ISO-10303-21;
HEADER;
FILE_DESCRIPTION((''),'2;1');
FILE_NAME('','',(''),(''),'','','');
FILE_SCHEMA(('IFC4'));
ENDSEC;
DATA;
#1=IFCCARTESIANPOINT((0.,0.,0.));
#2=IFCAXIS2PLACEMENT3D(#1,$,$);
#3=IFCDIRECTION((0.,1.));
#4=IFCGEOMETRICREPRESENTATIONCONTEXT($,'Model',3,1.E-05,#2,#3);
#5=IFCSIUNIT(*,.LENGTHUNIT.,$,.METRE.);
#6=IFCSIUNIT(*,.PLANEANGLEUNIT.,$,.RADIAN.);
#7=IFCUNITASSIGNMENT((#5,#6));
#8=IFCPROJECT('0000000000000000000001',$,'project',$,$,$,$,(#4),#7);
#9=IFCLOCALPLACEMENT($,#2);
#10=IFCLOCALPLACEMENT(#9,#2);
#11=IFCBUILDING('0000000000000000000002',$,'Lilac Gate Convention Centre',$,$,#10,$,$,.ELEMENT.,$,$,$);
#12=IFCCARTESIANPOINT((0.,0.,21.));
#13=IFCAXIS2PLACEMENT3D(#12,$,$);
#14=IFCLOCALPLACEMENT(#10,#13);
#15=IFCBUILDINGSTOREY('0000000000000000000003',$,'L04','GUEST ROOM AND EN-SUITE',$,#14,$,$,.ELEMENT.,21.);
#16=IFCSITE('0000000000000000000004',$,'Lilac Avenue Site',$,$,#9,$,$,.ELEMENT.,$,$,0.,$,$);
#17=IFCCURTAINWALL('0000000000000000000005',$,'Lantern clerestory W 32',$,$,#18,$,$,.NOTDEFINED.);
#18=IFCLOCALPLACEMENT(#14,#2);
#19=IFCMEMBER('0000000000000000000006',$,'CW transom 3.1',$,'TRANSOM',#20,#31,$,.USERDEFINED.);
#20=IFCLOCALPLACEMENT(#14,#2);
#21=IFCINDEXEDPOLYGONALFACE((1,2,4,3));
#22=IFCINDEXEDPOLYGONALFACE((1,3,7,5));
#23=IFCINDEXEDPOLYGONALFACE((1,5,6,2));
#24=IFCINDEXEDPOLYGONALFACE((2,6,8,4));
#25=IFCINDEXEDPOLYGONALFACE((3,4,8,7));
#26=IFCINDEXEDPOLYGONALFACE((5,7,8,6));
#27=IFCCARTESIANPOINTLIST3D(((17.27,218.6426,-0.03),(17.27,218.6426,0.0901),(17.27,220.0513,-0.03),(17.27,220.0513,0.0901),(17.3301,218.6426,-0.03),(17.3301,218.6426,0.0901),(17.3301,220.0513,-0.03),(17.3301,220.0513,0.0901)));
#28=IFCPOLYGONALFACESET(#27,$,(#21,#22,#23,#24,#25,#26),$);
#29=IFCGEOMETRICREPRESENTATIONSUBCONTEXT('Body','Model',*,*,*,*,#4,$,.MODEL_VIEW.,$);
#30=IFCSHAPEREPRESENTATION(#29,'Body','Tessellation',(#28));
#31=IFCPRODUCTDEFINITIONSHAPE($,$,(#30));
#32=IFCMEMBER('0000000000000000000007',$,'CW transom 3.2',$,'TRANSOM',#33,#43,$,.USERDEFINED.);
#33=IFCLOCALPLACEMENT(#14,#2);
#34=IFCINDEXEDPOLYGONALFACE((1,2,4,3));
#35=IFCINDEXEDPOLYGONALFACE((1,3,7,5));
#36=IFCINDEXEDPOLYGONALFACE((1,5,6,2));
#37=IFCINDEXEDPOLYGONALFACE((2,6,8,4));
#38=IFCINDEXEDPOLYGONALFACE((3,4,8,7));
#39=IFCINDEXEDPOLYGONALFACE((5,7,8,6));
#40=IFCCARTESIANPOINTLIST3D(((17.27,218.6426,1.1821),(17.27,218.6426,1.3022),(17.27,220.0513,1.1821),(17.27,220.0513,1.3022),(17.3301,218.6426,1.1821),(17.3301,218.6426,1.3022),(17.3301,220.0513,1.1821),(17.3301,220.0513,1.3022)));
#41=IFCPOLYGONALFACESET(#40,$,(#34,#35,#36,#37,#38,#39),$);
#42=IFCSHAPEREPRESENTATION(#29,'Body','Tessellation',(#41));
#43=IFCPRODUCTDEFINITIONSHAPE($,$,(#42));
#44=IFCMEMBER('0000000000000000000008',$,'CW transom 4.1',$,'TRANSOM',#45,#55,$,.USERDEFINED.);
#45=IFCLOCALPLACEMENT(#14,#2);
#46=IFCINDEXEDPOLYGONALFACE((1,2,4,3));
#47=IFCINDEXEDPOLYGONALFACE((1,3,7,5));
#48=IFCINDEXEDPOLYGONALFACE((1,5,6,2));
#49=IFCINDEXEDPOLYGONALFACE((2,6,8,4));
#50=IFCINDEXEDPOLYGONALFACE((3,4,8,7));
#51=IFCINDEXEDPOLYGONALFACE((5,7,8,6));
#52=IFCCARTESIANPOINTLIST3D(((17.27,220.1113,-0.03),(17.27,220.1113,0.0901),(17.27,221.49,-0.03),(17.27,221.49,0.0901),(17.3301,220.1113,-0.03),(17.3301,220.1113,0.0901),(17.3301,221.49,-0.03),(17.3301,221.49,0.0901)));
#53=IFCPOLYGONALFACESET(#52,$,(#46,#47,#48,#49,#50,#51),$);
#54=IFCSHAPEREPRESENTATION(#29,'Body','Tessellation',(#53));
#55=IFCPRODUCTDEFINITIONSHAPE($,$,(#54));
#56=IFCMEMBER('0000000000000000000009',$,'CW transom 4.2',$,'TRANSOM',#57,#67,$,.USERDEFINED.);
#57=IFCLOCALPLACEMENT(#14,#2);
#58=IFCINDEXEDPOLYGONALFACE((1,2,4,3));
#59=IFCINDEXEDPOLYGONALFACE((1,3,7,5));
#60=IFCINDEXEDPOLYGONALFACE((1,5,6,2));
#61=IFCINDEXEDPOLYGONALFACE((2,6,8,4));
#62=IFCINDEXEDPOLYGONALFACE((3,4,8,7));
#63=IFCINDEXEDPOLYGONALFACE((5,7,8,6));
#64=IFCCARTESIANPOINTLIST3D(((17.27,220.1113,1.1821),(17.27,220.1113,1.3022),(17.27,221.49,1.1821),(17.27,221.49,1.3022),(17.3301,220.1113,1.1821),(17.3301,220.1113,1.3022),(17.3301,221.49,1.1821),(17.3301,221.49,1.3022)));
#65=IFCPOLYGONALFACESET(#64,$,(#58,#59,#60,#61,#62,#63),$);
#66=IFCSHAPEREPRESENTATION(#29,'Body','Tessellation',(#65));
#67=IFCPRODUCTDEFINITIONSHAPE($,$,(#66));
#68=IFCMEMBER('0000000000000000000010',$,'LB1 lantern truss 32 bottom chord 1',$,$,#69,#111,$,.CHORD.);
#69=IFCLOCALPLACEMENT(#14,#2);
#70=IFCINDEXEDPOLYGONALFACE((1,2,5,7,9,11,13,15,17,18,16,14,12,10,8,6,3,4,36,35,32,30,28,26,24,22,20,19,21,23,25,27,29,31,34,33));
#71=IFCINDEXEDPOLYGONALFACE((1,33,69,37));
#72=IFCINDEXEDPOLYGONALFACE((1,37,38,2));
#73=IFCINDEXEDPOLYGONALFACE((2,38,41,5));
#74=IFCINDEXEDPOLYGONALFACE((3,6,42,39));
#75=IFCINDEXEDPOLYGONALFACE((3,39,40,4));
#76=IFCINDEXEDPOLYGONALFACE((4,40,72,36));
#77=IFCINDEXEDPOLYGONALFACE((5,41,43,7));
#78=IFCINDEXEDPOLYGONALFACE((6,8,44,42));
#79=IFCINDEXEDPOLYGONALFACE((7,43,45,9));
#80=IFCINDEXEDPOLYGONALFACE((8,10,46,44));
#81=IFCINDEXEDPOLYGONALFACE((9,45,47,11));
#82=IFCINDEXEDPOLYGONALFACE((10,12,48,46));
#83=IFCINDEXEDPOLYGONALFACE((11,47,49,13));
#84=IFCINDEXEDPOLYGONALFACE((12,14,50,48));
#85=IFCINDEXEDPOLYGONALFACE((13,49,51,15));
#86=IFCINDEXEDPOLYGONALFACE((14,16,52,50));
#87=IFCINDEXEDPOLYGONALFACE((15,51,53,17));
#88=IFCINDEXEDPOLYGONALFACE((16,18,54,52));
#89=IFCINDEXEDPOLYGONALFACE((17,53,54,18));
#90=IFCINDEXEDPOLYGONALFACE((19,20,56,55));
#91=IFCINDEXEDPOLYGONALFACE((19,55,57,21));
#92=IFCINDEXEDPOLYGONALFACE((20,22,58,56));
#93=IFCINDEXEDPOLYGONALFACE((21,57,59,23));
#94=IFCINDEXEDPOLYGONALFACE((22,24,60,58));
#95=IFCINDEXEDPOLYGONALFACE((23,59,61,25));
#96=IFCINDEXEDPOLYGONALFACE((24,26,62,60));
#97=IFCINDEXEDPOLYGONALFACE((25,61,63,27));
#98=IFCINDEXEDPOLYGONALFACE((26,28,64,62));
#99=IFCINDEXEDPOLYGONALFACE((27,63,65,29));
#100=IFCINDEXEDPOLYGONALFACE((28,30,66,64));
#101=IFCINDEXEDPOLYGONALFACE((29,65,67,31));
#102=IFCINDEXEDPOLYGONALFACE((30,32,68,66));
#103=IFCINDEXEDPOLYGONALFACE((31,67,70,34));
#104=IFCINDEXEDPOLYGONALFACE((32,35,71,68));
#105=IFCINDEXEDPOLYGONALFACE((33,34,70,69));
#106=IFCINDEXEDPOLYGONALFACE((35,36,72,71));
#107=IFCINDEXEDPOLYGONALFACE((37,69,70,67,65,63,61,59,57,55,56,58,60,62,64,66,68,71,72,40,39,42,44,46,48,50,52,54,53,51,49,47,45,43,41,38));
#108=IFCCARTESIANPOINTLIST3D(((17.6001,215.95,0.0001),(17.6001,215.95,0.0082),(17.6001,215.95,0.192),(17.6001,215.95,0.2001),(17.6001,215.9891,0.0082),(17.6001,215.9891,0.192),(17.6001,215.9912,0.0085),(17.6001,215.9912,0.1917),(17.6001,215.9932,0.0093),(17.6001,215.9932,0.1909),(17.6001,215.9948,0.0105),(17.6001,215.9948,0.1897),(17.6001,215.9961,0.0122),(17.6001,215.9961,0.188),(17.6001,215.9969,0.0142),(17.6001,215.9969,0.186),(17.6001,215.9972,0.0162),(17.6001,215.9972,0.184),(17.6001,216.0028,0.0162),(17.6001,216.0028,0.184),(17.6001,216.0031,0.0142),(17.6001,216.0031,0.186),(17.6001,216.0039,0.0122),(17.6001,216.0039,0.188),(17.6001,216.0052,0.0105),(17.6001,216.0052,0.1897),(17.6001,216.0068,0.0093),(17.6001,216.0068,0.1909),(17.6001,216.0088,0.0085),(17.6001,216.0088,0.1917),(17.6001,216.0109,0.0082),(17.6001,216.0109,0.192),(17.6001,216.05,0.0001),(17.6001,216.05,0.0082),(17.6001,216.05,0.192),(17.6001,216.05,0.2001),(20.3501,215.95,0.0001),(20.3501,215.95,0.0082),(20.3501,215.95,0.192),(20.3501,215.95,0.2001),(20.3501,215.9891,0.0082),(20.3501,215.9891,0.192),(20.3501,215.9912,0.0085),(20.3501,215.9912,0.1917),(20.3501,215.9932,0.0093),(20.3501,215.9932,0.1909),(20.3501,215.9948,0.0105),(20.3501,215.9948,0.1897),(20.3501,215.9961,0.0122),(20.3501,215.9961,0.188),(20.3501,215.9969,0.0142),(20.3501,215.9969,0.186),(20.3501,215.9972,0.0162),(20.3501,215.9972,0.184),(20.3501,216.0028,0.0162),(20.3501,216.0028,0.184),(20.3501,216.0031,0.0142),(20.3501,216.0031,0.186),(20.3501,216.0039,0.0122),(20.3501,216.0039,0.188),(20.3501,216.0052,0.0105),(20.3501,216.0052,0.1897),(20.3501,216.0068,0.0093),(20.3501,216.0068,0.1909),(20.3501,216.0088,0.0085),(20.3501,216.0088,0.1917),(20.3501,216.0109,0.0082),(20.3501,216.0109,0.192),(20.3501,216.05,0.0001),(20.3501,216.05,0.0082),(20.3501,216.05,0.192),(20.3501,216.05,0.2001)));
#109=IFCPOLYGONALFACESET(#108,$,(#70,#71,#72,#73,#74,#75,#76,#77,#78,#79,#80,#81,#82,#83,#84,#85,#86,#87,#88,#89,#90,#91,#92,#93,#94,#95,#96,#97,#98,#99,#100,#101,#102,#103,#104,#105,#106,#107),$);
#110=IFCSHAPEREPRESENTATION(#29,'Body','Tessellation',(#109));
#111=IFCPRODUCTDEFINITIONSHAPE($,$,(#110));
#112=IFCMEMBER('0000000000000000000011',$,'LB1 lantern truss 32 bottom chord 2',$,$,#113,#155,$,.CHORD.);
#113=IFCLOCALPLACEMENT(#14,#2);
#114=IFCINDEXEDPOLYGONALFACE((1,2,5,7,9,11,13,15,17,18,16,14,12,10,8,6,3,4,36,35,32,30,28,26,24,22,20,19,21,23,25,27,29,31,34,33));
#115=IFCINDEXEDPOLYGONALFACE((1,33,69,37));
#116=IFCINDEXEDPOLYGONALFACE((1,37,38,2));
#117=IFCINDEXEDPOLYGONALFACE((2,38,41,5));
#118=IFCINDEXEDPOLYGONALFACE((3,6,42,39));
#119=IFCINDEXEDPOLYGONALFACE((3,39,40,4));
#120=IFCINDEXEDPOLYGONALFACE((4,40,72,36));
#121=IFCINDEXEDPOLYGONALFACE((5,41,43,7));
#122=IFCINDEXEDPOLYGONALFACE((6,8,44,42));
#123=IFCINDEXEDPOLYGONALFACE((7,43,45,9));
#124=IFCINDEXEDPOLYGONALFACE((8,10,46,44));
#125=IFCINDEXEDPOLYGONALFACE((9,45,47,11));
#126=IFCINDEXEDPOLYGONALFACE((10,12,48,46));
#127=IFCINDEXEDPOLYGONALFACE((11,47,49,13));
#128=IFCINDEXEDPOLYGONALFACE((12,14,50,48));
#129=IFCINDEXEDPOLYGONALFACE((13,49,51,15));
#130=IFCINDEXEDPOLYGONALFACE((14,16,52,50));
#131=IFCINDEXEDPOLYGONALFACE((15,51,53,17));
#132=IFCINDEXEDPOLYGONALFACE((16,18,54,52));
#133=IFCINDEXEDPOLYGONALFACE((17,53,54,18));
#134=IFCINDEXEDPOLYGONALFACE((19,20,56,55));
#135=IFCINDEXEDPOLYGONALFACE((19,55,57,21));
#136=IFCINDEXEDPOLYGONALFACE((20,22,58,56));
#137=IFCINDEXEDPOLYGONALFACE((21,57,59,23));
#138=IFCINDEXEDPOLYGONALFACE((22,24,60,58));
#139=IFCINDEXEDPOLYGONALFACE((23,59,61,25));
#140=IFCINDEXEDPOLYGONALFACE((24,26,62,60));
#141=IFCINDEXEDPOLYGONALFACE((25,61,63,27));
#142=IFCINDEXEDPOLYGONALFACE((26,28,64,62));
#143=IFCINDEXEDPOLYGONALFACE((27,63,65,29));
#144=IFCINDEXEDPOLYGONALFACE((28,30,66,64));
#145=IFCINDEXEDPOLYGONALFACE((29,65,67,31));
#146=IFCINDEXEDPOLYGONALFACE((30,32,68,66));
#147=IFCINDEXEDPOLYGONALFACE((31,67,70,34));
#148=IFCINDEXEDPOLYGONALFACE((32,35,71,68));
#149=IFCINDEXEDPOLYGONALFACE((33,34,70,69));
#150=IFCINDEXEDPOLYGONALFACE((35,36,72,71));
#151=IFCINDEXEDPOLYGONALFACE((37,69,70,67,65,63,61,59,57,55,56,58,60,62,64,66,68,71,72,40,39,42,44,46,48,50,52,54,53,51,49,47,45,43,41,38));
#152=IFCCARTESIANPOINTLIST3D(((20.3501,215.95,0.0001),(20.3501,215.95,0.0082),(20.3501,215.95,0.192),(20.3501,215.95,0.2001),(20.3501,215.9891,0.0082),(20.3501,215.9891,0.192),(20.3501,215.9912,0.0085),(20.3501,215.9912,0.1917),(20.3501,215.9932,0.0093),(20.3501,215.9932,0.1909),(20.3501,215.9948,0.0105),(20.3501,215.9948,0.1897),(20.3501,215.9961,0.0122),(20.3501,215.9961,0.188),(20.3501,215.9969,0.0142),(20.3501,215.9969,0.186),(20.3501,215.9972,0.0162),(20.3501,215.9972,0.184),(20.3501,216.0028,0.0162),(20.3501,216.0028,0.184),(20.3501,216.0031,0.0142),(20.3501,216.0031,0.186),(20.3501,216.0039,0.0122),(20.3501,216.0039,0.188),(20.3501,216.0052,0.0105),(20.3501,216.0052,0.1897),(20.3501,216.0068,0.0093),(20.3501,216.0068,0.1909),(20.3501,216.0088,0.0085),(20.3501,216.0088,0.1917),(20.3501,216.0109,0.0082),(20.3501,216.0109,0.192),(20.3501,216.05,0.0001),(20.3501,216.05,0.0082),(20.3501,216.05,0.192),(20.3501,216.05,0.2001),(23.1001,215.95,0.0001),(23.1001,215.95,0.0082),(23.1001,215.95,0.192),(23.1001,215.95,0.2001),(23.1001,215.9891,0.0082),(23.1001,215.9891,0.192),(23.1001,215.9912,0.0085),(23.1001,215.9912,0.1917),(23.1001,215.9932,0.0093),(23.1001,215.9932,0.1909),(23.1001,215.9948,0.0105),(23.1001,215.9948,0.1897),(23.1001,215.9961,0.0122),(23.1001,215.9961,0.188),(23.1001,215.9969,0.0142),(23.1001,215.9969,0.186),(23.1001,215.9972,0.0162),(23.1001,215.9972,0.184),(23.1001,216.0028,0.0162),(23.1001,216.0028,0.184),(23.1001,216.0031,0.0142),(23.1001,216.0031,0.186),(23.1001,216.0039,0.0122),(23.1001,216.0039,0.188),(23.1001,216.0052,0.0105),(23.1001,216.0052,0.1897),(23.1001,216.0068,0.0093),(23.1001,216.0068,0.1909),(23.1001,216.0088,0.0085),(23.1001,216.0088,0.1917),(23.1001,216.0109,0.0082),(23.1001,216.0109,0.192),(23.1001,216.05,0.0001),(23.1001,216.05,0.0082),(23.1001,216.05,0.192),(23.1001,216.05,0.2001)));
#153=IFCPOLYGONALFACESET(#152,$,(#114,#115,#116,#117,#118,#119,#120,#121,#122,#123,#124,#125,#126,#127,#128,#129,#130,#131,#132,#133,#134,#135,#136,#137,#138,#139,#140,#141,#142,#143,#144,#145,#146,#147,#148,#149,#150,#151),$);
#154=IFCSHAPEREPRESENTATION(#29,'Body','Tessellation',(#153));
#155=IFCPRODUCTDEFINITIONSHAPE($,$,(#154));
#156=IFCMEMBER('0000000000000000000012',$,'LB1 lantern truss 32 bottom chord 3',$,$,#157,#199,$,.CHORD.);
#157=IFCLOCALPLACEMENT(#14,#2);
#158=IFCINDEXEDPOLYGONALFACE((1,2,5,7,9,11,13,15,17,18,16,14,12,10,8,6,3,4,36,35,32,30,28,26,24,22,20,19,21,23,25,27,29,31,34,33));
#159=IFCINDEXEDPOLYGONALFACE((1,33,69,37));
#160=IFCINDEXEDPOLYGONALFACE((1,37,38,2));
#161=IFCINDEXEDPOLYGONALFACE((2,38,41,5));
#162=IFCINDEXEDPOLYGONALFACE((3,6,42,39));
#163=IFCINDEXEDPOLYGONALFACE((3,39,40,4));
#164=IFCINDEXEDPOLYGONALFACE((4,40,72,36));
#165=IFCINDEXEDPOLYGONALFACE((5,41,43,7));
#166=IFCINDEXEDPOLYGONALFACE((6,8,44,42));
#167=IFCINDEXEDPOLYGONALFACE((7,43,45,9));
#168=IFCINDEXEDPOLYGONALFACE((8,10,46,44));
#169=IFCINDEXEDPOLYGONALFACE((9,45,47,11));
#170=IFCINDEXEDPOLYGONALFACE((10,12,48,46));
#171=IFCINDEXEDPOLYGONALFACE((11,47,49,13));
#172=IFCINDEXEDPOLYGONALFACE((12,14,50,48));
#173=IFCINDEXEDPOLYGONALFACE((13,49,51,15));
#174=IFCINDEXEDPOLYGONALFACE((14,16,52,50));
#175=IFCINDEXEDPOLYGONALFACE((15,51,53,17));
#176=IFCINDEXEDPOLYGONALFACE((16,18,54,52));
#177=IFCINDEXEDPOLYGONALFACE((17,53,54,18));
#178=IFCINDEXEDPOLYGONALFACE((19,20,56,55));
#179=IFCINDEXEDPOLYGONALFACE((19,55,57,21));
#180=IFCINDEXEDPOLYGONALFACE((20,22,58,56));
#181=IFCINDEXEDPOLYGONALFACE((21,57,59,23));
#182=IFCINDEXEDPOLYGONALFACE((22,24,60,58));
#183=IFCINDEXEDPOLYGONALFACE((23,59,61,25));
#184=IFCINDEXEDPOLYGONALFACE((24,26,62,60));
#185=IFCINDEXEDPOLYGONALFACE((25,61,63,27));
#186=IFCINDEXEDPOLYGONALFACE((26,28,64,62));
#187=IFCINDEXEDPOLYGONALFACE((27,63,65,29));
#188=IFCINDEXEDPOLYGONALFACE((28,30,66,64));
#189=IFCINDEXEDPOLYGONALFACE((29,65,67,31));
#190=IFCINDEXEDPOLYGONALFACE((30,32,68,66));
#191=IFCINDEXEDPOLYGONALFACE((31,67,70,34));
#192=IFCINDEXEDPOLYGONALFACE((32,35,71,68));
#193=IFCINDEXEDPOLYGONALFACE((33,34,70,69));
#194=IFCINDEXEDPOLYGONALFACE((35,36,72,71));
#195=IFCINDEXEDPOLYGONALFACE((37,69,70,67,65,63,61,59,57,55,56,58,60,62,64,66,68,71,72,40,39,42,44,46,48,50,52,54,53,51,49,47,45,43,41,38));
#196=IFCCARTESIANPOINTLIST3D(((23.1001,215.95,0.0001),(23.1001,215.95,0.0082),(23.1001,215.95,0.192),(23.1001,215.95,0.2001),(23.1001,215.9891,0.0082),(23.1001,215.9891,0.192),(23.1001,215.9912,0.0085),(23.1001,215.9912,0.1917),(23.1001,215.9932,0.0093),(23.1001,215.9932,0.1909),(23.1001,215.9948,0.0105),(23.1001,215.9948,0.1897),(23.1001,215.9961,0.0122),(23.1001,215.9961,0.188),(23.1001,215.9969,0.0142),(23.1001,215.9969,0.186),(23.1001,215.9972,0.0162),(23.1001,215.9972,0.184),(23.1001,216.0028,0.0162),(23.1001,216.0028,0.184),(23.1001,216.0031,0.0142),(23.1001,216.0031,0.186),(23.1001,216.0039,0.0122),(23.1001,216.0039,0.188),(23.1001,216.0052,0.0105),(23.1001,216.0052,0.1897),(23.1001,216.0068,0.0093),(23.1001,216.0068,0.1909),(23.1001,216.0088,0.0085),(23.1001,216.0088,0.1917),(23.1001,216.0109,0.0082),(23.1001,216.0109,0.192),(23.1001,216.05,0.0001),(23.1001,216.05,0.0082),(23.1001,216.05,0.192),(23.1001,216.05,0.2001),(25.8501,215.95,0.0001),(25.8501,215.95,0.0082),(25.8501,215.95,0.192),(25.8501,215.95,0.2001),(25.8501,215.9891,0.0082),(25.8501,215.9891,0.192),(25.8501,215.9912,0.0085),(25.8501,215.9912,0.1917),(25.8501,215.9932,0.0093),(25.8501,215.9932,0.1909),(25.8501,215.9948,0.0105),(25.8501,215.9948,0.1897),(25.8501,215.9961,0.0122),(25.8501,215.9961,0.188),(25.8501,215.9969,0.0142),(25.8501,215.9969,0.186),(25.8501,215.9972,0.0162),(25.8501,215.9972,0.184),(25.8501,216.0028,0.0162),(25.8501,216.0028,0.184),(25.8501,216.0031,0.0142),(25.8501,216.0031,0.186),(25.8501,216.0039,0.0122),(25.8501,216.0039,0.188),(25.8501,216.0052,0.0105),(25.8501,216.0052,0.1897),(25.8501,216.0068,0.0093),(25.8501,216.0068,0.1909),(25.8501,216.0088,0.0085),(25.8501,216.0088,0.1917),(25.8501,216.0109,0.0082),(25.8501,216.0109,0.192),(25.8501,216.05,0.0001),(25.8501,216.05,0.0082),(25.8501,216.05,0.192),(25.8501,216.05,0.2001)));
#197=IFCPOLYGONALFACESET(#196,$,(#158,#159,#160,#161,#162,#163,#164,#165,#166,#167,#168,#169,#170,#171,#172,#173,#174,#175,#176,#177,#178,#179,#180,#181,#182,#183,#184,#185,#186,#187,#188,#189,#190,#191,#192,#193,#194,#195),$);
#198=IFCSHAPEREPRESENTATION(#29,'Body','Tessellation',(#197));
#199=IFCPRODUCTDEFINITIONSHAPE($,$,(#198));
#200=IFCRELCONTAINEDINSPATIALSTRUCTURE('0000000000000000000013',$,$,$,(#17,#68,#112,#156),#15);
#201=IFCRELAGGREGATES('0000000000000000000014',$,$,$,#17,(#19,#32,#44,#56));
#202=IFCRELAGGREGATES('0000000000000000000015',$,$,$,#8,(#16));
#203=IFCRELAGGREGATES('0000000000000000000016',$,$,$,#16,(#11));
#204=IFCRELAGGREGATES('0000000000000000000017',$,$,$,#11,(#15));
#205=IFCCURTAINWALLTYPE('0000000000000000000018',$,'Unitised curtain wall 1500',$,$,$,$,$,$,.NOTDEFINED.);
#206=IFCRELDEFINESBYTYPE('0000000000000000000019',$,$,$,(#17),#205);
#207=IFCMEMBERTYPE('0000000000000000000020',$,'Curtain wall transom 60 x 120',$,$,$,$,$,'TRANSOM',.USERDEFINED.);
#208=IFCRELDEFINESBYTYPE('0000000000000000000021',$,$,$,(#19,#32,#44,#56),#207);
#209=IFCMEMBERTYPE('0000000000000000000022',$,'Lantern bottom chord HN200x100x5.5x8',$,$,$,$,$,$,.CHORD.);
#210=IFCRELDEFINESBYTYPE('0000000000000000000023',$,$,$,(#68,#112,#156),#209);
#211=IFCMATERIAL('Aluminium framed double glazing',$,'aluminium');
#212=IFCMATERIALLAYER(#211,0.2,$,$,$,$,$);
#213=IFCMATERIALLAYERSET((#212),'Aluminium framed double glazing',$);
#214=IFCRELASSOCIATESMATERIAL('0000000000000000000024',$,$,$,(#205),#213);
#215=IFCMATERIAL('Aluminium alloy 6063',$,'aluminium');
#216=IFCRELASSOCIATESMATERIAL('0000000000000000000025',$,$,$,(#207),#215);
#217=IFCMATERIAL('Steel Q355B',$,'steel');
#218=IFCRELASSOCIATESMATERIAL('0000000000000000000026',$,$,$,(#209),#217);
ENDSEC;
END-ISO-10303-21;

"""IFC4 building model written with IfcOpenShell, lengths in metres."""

from ifc_helpers import new_model, si_unit, direction, frame, origin, origin_2d, place, context, subcontext, project, spatial, rectangle, i_section, extrude, material, layer, layer_set, material_profile, profile_set, type_object, element, aggregate, save


model = new_model("IFC4")

# Units and contexts
model_context = context("Model", 3, precision=1e-05, world=origin(), true_north=direction((0.0, 1.0)))
body_context = subcontext(model_context, "Body", "Model", "MODEL_VIEW")
ifc_project = project(units=[si_unit("LENGTHUNIT", "METRE"), si_unit("PLANEANGLEUNIT", "RADIAN")], contexts=[model_context])

# Site, building, storey
site_placement = place(None, origin())
site = spatial("IfcSite", under=ifc_project, at=site_placement, Name="Lilac Avenue Site", CompositionType="ELEMENT", RefElevation=0.0)
building_placement = place(site_placement, origin())
building = spatial("IfcBuilding", under=site, at=building_placement, Name="Lilac Gate Convention Centre", CompositionType="ELEMENT")
storey_placement = place(building_placement, frame((0.0, 0.0, 21.0)))
storey = spatial("IfcBuildingStorey", under=building, at=storey_placement, Name="L04", Description="GUEST ROOM AND EN-SUITE", CompositionType="ELEMENT", Elevation=21.0)

# Curtain wall
ifc_material_1 = material(Name="Aluminium framed double glazing", Category="aluminium")
ifc_layer_1 = layer(ifc_material_1, 0.2)
ifc_layer_set_1 = layer_set([ifc_layer_1], Name="Aluminium framed double glazing")
curtain_wall_type = type_object("IfcCurtainWallType", Name="Unitised curtain wall 1500", PredefinedType="NOTDEFINED", material=ifc_layer_set_1)
ifc_material_2 = material(Name="Aluminium alloy 6063", Category="aluminium")
curtain_wall_1_placement = place(storey_placement, origin())
curtain_wall_1 = element("IfcCurtainWall", 1, at=curtain_wall_1_placement, inside=storey, type_object=curtain_wall_type, Name="Lantern clerestory W 32", PredefinedType="NOTDEFINED")

# Members
ifc_material_profile_1 = material_profile(ifc_material_2, rectangle(XDim=0.0601, YDim=0.1201, at=origin_2d()), Name="Curtain wall transom 60 x 120")
ifc_profile_set_1 = profile_set([ifc_material_profile_1], Name="Aluminium alloy 6063")
member_type_1 = type_object("IfcMemberType", Name="Curtain wall transom 60 x 120", ElementType="TRANSOM", PredefinedType="USERDEFINED", material=ifc_profile_set_1)
member_1_placement = place(storey_placement, frame((17.3, 218.6426, 0.03), z_axis=(0.0, 1.0, 0.0), x_axis=(-1.0, 0.0, 0.0)))
member_1 = element("IfcMember", 2, at=member_1_placement, type_object=member_type_1, Name="CW transom 3.1", ObjectType="TRANSOM", PredefinedType="USERDEFINED", context=body_context, shape_type="SweptSolid", body=[
    extrude(rectangle(XDim=0.0601, YDim=0.1201, at=origin_2d()), origin(), (0.0, 0.0, 1.0), 1.4087),
])
member_2_placement = place(storey_placement, frame((17.3, 218.6426, 1.2422), z_axis=(0.0, 1.0, 0.0), x_axis=(-1.0, 0.0, 0.0)))
member_2 = element("IfcMember", 3, at=member_2_placement, type_object=member_type_1, Name="CW transom 3.2", ObjectType="TRANSOM", PredefinedType="USERDEFINED", context=body_context, shape_type="SweptSolid", body=[
    extrude(rectangle(XDim=0.0601, YDim=0.1201, at=origin_2d()), origin(), (0.0, 0.0, 1.0), 1.4087),
])
member_3_placement = place(storey_placement, frame((17.3, 220.1113, 0.03), z_axis=(0.0, 1.0, 0.0), x_axis=(-1.0, 0.0, 0.0)))
member_3 = element("IfcMember", 4, at=member_3_placement, type_object=member_type_1, Name="CW transom 4.1", ObjectType="TRANSOM", PredefinedType="USERDEFINED", context=body_context, shape_type="SweptSolid", body=[
    extrude(rectangle(XDim=0.0601, YDim=0.1201, at=origin_2d()), origin(), (0.0, 0.0, 1.0), 1.3787),
])
member_4_placement = place(storey_placement, frame((17.3, 220.1113, 1.2422), z_axis=(0.0, 1.0, 0.0), x_axis=(-1.0, 0.0, 0.0)))
member_4 = element("IfcMember", 5, at=member_4_placement, type_object=member_type_1, Name="CW transom 4.2", ObjectType="TRANSOM", PredefinedType="USERDEFINED", context=body_context, shape_type="SweptSolid", body=[
    extrude(rectangle(XDim=0.0601, YDim=0.1201, at=origin_2d()), origin(), (0.0, 0.0, 1.0), 1.3787),
])

# Members
ifc_material_3 = material(Name="Steel Q355B", Category="steel")
ifc_material_profile_2 = material_profile(ifc_material_3, i_section(OverallWidth=0.1001, OverallDepth=0.2, WebThickness=0.0056, FlangeThickness=0.0081, FilletRadius=0.0081, at=origin_2d()), Name="HN200x100x5.5x8")
ifc_profile_set_2 = profile_set([ifc_material_profile_2], Name="Steel Q355B")
member_type_2 = type_object("IfcMemberType", Name="Lantern bottom chord HN200x100x5.5x8", PredefinedType="CHORD", material=ifc_profile_set_2)
for number, where, z_axis, x_axis, name in (
    (6, (17.6001, 216.0, 0.1001), (1.0, 0.0, 0.0), (0.0, 1.0, 0.0), "LB1 lantern truss 32 bottom chord 1"),
    (7, (20.3501, 216.0, 0.1001), (1.0, 0.0, 0.0), (0.0, 1.0, 0.0), "LB1 lantern truss 32 bottom chord 2"),
    (8, (23.1001, 216.0, 0.1001), (1.0, 0.0, 0.0), (0.0, 1.0, 0.0), "LB1 lantern truss 32 bottom chord 3"),
):
    element("IfcMember", number, at=place(storey_placement, frame(where, z_axis=z_axis, x_axis=x_axis)), inside=storey, type_object=member_type_2, Name=name, PredefinedType="CHORD", context=body_context, shape_type="SweptSolid", body=[
        extrude(i_section(OverallWidth=0.1001, OverallDepth=0.2, WebThickness=0.0056, FlangeThickness=0.0081, FilletRadius=0.0081, at=origin_2d()), origin(), (0.0, 0.0, 1.0), 2.75),
    ])

aggregate(curtain_wall_1, [member_1, member_2, member_3, member_4])

save(model, "model.ifc")
